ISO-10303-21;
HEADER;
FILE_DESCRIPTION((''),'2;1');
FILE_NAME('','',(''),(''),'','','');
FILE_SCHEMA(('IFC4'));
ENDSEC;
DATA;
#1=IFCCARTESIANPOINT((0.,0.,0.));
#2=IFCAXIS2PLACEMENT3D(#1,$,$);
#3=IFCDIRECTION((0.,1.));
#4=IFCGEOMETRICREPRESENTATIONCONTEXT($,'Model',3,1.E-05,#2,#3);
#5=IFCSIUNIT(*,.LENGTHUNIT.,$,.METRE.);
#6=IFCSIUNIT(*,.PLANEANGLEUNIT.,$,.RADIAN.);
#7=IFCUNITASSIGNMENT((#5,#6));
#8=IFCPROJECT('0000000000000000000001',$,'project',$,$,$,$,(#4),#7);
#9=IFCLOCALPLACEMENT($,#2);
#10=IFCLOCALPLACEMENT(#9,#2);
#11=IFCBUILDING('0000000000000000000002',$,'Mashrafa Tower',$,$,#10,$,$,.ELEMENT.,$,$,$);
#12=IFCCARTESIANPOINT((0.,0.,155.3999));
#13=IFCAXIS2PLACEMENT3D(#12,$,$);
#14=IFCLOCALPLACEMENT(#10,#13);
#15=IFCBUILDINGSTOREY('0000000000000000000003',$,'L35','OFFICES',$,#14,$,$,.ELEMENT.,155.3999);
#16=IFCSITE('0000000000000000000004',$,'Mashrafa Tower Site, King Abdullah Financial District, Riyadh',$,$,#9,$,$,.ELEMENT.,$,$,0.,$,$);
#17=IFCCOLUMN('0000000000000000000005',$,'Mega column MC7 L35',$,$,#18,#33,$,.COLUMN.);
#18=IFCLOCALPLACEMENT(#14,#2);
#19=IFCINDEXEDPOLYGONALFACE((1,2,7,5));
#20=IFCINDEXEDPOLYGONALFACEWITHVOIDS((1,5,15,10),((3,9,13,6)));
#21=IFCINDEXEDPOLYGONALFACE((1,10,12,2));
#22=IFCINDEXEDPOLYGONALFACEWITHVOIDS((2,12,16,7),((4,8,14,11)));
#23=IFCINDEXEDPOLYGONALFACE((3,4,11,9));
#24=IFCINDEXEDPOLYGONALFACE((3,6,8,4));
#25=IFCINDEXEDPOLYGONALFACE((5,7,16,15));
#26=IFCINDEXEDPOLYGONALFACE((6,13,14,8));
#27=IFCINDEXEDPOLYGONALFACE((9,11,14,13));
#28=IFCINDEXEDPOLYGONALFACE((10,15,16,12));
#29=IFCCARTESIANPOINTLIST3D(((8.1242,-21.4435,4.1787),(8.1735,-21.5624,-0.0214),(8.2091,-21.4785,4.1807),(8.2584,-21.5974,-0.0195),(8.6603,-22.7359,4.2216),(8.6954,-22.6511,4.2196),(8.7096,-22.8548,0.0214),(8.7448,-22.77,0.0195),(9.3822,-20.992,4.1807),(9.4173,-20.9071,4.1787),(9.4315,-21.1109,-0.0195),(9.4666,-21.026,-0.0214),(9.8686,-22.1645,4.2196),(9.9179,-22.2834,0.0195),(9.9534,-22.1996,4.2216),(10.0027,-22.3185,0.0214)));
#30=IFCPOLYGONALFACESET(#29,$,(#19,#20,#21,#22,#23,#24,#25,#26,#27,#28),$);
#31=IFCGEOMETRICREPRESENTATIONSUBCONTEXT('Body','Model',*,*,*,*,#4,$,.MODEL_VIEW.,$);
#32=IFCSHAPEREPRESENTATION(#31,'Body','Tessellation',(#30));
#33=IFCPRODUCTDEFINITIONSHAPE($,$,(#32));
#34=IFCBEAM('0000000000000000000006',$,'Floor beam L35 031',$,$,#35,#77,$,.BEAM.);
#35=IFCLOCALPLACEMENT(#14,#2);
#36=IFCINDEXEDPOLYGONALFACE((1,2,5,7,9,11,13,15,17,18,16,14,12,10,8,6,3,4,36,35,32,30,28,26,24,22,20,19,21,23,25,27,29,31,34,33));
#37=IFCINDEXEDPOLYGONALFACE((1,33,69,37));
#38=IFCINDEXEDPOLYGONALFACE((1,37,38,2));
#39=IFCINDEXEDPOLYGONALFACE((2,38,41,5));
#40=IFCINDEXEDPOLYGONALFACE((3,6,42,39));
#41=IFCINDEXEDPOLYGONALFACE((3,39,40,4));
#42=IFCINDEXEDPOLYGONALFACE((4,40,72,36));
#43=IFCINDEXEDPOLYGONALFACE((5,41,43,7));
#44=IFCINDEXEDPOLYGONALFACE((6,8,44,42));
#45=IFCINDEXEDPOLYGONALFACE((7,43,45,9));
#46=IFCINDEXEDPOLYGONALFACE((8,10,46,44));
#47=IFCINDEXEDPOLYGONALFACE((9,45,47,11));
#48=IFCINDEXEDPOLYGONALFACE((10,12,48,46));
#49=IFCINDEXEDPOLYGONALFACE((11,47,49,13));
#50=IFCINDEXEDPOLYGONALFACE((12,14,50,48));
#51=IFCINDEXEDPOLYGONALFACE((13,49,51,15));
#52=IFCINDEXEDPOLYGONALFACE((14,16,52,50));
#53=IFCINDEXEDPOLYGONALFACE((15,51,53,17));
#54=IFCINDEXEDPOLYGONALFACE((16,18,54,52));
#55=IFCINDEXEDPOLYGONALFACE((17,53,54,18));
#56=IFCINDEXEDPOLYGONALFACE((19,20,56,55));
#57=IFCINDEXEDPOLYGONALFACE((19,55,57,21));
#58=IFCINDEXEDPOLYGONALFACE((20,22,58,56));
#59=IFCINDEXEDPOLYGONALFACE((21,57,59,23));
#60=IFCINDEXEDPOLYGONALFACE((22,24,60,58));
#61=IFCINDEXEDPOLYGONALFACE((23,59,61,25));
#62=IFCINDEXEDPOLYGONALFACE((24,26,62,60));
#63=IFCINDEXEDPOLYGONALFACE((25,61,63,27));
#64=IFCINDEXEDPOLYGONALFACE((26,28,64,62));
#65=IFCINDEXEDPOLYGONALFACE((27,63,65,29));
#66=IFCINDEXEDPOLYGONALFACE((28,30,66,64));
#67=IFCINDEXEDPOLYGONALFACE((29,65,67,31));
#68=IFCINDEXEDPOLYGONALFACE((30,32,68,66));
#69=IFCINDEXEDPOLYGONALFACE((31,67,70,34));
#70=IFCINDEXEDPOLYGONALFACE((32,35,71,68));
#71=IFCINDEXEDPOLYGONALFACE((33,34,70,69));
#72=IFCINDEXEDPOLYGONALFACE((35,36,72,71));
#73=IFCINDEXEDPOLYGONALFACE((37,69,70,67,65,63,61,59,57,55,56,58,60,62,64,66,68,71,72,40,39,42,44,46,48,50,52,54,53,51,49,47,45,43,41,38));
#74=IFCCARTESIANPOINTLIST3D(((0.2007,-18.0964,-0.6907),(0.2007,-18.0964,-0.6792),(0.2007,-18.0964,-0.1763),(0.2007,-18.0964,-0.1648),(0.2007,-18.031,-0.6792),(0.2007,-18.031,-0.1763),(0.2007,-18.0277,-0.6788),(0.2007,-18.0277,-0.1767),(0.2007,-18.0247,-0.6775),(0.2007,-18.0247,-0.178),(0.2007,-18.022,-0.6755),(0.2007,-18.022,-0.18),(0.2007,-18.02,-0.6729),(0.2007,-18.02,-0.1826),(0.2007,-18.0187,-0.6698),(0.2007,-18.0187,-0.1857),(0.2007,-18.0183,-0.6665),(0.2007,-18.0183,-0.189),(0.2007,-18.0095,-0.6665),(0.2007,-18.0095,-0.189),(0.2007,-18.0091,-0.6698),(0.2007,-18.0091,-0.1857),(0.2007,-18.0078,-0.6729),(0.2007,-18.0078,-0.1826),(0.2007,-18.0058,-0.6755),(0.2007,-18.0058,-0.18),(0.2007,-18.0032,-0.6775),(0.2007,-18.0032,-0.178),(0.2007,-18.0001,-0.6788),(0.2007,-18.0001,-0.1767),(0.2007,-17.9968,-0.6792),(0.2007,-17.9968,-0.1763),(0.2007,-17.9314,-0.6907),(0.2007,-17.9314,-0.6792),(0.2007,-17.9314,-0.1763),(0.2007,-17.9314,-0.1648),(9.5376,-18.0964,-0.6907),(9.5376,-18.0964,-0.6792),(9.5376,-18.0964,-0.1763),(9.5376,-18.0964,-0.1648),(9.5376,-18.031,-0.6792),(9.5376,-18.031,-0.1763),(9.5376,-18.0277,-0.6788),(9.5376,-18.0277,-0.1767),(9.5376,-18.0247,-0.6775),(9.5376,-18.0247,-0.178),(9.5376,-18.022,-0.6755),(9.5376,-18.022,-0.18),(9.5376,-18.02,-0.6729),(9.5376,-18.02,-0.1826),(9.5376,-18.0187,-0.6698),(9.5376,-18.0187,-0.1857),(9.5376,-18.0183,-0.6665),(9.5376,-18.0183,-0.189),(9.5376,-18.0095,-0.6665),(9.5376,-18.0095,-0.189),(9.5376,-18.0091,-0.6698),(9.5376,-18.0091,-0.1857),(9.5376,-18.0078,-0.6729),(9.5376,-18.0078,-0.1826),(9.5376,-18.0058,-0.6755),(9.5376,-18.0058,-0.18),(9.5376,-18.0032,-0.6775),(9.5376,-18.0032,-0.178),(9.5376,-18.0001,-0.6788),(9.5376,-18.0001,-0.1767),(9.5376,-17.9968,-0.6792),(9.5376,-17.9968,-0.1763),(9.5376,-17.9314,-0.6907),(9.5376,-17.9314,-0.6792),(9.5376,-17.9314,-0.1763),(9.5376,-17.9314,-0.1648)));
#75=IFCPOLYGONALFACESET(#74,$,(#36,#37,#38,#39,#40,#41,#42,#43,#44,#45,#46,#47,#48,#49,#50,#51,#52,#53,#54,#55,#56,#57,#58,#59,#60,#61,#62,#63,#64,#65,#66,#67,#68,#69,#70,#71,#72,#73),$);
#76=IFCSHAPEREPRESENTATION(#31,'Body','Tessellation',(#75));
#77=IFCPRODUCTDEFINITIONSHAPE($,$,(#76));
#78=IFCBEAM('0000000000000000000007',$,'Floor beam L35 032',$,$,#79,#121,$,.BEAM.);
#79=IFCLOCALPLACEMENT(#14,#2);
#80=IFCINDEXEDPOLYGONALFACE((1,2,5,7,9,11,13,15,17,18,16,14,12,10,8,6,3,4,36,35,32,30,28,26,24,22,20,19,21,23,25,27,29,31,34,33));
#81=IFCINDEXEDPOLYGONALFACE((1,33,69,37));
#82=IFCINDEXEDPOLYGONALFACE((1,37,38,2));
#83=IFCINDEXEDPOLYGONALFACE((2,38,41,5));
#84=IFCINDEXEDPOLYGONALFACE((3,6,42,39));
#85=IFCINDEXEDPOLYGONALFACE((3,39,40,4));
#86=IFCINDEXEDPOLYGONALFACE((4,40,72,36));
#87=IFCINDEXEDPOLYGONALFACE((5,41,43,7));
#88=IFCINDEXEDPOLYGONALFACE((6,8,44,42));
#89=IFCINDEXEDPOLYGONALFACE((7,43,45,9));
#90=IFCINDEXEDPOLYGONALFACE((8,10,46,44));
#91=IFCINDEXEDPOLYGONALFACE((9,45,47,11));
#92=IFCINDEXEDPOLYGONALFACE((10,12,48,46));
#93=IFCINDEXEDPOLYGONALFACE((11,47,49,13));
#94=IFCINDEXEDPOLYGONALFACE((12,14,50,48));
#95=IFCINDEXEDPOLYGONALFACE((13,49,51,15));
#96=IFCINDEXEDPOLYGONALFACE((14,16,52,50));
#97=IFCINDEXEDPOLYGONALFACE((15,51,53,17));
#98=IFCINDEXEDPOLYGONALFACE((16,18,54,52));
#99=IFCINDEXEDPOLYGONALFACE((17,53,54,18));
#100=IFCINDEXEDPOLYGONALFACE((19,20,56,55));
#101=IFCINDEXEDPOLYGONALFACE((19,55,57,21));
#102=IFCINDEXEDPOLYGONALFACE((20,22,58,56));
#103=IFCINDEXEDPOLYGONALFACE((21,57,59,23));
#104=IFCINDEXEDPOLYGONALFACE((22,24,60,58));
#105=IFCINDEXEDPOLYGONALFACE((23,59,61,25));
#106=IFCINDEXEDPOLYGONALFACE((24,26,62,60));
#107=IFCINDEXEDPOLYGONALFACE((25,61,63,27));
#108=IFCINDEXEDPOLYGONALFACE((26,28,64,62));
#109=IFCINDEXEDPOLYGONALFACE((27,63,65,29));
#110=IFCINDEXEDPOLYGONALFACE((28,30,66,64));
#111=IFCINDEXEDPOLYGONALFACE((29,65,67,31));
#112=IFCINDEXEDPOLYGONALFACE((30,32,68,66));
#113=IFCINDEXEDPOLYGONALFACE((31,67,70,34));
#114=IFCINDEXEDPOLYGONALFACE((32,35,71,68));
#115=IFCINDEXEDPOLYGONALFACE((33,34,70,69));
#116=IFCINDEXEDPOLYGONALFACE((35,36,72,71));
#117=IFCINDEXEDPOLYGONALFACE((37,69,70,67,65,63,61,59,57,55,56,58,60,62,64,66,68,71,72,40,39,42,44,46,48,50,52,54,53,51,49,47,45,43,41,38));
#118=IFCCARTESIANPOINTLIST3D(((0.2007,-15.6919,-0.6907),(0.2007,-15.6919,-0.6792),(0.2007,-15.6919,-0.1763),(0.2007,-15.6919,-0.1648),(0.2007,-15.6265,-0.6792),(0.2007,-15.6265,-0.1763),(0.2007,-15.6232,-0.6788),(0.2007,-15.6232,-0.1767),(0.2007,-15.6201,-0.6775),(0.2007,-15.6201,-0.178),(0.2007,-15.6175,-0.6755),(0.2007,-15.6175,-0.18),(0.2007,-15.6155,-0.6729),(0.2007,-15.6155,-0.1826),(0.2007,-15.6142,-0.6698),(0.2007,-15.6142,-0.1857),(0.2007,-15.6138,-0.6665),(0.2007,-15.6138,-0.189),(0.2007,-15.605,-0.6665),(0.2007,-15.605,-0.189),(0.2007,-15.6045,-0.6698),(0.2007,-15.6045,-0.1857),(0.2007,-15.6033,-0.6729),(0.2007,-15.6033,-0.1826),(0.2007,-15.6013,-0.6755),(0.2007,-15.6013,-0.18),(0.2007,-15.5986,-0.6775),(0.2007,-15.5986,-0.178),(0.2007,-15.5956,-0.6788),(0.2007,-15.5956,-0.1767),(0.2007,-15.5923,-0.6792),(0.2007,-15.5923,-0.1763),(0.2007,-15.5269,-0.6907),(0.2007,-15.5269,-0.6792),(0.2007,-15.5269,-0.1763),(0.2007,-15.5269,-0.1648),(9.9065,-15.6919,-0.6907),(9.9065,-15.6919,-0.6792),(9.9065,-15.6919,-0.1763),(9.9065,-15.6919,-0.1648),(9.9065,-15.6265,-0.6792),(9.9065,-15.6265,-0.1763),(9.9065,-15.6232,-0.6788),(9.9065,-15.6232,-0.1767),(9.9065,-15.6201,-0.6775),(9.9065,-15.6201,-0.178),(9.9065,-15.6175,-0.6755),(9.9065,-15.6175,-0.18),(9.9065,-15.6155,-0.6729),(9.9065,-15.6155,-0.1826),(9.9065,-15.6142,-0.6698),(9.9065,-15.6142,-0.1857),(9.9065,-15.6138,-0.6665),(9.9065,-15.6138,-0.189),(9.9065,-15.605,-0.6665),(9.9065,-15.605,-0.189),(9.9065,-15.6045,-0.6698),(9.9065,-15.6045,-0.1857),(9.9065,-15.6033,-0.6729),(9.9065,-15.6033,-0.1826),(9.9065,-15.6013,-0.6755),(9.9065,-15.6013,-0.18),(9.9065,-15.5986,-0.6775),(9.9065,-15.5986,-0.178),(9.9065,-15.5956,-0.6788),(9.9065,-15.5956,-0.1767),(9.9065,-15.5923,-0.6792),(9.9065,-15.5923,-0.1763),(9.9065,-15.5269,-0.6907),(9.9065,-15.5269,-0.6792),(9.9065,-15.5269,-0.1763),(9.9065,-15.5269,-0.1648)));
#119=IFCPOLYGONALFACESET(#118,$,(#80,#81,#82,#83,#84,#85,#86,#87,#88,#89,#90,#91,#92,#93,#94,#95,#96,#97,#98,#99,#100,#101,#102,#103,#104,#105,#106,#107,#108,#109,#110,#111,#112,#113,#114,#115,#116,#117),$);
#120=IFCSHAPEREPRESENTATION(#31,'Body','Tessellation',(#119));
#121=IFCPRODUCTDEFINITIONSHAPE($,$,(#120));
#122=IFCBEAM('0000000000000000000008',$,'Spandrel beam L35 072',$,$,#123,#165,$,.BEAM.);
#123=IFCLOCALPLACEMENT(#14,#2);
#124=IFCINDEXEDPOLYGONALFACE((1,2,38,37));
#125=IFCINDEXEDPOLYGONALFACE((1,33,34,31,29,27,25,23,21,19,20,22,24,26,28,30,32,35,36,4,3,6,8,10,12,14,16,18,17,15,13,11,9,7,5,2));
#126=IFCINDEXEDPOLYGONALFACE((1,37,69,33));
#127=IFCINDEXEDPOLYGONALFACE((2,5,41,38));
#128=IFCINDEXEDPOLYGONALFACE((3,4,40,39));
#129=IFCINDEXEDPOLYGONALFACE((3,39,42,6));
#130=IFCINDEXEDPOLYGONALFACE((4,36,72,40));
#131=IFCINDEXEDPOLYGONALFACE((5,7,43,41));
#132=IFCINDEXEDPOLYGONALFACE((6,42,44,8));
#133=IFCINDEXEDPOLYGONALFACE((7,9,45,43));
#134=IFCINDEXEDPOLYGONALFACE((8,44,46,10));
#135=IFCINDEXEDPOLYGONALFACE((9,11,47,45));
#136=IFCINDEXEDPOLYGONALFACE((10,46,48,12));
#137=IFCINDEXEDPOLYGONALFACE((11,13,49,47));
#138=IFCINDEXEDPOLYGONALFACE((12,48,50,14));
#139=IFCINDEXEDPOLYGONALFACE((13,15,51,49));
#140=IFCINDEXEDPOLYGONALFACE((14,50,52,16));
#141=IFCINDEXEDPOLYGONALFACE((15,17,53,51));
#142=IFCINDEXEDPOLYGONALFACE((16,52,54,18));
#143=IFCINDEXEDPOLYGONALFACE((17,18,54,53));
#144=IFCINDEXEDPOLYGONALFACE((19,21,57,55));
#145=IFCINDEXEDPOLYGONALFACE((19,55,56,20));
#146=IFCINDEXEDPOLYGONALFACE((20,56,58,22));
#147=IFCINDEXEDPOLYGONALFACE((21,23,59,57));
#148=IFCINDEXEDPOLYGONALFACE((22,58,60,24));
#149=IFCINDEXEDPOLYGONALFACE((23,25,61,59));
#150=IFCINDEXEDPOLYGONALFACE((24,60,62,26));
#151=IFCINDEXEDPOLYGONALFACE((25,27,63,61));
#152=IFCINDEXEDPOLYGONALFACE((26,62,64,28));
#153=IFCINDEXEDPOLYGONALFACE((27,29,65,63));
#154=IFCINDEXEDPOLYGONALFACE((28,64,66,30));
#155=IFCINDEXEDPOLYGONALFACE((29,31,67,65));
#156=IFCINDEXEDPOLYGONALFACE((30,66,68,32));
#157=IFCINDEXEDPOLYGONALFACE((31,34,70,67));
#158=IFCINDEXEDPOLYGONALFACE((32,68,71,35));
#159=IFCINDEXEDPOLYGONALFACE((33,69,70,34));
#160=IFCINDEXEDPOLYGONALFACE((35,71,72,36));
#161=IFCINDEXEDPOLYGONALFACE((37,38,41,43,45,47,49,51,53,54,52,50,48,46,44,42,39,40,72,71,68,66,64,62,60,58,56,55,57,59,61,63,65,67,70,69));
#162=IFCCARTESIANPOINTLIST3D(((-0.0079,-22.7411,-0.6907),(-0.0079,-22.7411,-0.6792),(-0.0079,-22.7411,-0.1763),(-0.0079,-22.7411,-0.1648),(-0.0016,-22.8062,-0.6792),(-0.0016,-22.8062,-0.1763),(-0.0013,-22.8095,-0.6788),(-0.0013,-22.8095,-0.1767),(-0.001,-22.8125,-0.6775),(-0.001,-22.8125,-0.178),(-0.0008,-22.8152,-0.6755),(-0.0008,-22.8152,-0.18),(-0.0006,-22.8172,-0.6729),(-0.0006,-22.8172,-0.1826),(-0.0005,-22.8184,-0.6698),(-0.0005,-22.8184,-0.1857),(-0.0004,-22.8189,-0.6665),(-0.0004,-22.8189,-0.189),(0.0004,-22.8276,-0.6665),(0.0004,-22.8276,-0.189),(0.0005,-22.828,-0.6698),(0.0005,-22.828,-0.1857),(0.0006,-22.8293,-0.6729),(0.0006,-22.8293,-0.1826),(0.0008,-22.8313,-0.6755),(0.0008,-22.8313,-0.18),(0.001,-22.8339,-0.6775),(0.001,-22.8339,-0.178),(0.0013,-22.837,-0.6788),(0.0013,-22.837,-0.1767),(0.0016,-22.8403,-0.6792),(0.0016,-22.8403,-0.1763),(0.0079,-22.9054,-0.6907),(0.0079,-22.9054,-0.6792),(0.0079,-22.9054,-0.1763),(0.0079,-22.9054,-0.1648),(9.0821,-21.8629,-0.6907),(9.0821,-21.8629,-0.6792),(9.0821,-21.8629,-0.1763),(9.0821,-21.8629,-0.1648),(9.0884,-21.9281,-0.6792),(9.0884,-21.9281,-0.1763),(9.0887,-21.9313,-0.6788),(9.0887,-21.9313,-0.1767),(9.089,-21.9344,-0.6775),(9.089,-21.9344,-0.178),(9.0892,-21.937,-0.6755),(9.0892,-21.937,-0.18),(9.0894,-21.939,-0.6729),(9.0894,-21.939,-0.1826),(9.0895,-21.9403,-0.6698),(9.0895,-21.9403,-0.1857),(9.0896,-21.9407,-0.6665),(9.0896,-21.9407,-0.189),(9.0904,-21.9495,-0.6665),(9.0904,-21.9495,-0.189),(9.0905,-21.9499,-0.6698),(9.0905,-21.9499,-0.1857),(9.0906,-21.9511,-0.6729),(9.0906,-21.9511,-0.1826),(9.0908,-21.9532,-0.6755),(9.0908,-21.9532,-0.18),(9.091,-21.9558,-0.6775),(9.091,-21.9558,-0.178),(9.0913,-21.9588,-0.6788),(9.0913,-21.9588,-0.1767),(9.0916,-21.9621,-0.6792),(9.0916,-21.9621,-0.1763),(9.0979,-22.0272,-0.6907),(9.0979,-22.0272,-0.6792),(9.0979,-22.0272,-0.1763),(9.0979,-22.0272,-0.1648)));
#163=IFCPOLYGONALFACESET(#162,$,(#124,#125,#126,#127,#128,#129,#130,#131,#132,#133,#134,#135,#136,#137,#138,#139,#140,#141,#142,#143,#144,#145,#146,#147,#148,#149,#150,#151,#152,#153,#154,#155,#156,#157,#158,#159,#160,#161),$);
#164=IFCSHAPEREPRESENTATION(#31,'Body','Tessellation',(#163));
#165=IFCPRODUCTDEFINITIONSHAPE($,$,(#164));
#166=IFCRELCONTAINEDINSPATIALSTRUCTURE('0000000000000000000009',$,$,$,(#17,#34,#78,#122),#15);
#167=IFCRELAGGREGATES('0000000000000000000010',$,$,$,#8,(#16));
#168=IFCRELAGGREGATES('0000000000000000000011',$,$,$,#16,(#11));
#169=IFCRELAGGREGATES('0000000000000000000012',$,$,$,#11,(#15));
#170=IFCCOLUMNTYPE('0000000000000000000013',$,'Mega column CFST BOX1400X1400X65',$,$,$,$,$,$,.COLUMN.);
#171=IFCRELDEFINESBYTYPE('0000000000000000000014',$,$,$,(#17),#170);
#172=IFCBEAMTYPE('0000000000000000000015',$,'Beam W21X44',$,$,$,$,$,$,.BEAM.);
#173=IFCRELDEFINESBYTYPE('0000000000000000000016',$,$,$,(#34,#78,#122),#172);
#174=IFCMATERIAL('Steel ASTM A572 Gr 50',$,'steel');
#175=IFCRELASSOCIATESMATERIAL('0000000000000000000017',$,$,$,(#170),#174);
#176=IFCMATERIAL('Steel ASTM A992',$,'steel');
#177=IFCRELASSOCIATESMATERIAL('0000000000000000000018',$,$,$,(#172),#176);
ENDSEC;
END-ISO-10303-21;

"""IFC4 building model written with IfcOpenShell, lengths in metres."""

from ifc_helpers import new_model, si_unit, direction, frame, origin, origin_2d, place, context, subcontext, project, spatial, hollow_rectangle, i_section, extrude, material, material_profile, profile_set, type_object, element, save


model = new_model("IFC4")

# Units and contexts
model_context = context("Model", 3, precision=1e-05, world=origin(), true_north=direction((0.0, 1.0)))
body_context = subcontext(model_context, "Body", "Model", "MODEL_VIEW")
ifc_project = project(units=[si_unit("LENGTHUNIT", "METRE"), si_unit("PLANEANGLEUNIT", "RADIAN")], contexts=[model_context])

# Site, building, storey
site_placement = place(None, origin())
site = spatial("IfcSite", under=ifc_project, at=site_placement, Name="Mashrafa Tower Site, King Abdullah Financial District, Riyadh", CompositionType="ELEMENT", RefElevation=0.0)
building_placement = place(site_placement, origin())
building = spatial("IfcBuilding", under=site, at=building_placement, Name="Mashrafa Tower", CompositionType="ELEMENT")
storey_placement = place(building_placement, frame((0.0, 0.0, 155.3999)))
storey = spatial("IfcBuildingStorey", under=building, at=storey_placement, Name="L35", Description="OFFICES", CompositionType="ELEMENT", Elevation=155.3999)

# Column
ifc_material_1 = material(Name="Steel ASTM A572 Gr 50", Category="steel")
ifc_material_profile_1 = material_profile(ifc_material_1, hollow_rectangle(XDim=1.3999, YDim=1.3999, WallThickness=0.0649, at=origin_2d()), Name="BOX1400X1400X65")
ifc_profile_set_1 = profile_set([ifc_material_profile_1], Name="Steel ASTM A572 Gr 50")
column_type = type_object("IfcColumnType", Name="Mega column CFST BOX1400X1400X65", PredefinedType="COLUMN", material=ifc_profile_set_1)
column_placement = place(storey_placement, frame((9.0881, -21.9404, 0.0), z_axis=(-0.011736, 0.028294, 0.999531), x_axis=(-0.923693, -0.383133, 0.0)))
element("IfcColumn", 1, at=column_placement, inside=storey, type_object=column_type, Name="Mega column MC7 L35", PredefinedType="COLUMN", context=body_context, shape_type="SweptSolid", body=[
    extrude(hollow_rectangle(XDim=1.3999, YDim=1.3999, WallThickness=0.0649, at=origin_2d()), origin(), (0.0, 0.0, 1.0), 4.2021),
])

# Beams
ifc_material_2 = material(Name="Steel ASTM A992", Category="steel")
ifc_material_profile_2 = material_profile(ifc_material_2, i_section(OverallWidth=0.165, OverallDepth=0.5259, WebThickness=0.0088, FlangeThickness=0.0115, FilletRadius=0.0127, at=origin_2d()), Name="W21X44")
ifc_profile_set_2 = profile_set([ifc_material_profile_2], Name="Steel ASTM A992")
beam_type_1 = type_object("IfcBeamType", Name="Beam W21X44", PredefinedType="BEAM", material=ifc_profile_set_2)
beam_1_placement = place(storey_placement, frame((9.5376, -18.0139, -0.4277), z_axis=(-1.0, 0.0, 0.0), x_axis=(0.0, -1.0, 0.0)))
element("IfcBeam", 2, at=beam_1_placement, inside=storey, type_object=beam_type_1, Name="Floor beam L35 031", PredefinedType="BEAM", context=body_context, shape_type="SweptSolid", body=[
    extrude(i_section(OverallWidth=0.165, OverallDepth=0.5259, WebThickness=0.0088, FlangeThickness=0.0115, FilletRadius=0.0127, at=origin_2d()), origin(), (0.0, 0.0, 1.0), 9.3369),
])
beam_2_placement = place(storey_placement, frame((9.9065, -15.6094, -0.4277), z_axis=(-1.0, 0.0, 0.0), x_axis=(0.0, -1.0, 0.0)))
element("IfcBeam", 3, at=beam_2_placement, inside=storey, type_object=beam_type_1, Name="Floor beam L35 032", PredefinedType="BEAM", context=body_context, shape_type="SweptSolid", body=[
    extrude(i_section(OverallWidth=0.165, OverallDepth=0.5259, WebThickness=0.0088, FlangeThickness=0.0115, FilletRadius=0.0127, at=origin_2d()), origin(), (0.0, 0.0, 1.0), 9.7058),
])
beam_3_placement = place(storey_placement, frame((0.0, -22.8232, -0.4277), z_axis=(0.995366, 0.09616, 0.0), x_axis=(-0.09616, 0.995366, 0.0)))
element("IfcBeam", 4, at=beam_3_placement, inside=storey, type_object=beam_type_1, Name="Spandrel beam L35 072", PredefinedType="BEAM", context=body_context, shape_type="SweptSolid", body=[
    extrude(i_section(OverallWidth=0.165, OverallDepth=0.5259, WebThickness=0.0088, FlangeThickness=0.0115, FilletRadius=0.0127, at=origin_2d()), origin(), (0.0, 0.0, 1.0), 9.1323),
])

save(model, "model.ifc")
